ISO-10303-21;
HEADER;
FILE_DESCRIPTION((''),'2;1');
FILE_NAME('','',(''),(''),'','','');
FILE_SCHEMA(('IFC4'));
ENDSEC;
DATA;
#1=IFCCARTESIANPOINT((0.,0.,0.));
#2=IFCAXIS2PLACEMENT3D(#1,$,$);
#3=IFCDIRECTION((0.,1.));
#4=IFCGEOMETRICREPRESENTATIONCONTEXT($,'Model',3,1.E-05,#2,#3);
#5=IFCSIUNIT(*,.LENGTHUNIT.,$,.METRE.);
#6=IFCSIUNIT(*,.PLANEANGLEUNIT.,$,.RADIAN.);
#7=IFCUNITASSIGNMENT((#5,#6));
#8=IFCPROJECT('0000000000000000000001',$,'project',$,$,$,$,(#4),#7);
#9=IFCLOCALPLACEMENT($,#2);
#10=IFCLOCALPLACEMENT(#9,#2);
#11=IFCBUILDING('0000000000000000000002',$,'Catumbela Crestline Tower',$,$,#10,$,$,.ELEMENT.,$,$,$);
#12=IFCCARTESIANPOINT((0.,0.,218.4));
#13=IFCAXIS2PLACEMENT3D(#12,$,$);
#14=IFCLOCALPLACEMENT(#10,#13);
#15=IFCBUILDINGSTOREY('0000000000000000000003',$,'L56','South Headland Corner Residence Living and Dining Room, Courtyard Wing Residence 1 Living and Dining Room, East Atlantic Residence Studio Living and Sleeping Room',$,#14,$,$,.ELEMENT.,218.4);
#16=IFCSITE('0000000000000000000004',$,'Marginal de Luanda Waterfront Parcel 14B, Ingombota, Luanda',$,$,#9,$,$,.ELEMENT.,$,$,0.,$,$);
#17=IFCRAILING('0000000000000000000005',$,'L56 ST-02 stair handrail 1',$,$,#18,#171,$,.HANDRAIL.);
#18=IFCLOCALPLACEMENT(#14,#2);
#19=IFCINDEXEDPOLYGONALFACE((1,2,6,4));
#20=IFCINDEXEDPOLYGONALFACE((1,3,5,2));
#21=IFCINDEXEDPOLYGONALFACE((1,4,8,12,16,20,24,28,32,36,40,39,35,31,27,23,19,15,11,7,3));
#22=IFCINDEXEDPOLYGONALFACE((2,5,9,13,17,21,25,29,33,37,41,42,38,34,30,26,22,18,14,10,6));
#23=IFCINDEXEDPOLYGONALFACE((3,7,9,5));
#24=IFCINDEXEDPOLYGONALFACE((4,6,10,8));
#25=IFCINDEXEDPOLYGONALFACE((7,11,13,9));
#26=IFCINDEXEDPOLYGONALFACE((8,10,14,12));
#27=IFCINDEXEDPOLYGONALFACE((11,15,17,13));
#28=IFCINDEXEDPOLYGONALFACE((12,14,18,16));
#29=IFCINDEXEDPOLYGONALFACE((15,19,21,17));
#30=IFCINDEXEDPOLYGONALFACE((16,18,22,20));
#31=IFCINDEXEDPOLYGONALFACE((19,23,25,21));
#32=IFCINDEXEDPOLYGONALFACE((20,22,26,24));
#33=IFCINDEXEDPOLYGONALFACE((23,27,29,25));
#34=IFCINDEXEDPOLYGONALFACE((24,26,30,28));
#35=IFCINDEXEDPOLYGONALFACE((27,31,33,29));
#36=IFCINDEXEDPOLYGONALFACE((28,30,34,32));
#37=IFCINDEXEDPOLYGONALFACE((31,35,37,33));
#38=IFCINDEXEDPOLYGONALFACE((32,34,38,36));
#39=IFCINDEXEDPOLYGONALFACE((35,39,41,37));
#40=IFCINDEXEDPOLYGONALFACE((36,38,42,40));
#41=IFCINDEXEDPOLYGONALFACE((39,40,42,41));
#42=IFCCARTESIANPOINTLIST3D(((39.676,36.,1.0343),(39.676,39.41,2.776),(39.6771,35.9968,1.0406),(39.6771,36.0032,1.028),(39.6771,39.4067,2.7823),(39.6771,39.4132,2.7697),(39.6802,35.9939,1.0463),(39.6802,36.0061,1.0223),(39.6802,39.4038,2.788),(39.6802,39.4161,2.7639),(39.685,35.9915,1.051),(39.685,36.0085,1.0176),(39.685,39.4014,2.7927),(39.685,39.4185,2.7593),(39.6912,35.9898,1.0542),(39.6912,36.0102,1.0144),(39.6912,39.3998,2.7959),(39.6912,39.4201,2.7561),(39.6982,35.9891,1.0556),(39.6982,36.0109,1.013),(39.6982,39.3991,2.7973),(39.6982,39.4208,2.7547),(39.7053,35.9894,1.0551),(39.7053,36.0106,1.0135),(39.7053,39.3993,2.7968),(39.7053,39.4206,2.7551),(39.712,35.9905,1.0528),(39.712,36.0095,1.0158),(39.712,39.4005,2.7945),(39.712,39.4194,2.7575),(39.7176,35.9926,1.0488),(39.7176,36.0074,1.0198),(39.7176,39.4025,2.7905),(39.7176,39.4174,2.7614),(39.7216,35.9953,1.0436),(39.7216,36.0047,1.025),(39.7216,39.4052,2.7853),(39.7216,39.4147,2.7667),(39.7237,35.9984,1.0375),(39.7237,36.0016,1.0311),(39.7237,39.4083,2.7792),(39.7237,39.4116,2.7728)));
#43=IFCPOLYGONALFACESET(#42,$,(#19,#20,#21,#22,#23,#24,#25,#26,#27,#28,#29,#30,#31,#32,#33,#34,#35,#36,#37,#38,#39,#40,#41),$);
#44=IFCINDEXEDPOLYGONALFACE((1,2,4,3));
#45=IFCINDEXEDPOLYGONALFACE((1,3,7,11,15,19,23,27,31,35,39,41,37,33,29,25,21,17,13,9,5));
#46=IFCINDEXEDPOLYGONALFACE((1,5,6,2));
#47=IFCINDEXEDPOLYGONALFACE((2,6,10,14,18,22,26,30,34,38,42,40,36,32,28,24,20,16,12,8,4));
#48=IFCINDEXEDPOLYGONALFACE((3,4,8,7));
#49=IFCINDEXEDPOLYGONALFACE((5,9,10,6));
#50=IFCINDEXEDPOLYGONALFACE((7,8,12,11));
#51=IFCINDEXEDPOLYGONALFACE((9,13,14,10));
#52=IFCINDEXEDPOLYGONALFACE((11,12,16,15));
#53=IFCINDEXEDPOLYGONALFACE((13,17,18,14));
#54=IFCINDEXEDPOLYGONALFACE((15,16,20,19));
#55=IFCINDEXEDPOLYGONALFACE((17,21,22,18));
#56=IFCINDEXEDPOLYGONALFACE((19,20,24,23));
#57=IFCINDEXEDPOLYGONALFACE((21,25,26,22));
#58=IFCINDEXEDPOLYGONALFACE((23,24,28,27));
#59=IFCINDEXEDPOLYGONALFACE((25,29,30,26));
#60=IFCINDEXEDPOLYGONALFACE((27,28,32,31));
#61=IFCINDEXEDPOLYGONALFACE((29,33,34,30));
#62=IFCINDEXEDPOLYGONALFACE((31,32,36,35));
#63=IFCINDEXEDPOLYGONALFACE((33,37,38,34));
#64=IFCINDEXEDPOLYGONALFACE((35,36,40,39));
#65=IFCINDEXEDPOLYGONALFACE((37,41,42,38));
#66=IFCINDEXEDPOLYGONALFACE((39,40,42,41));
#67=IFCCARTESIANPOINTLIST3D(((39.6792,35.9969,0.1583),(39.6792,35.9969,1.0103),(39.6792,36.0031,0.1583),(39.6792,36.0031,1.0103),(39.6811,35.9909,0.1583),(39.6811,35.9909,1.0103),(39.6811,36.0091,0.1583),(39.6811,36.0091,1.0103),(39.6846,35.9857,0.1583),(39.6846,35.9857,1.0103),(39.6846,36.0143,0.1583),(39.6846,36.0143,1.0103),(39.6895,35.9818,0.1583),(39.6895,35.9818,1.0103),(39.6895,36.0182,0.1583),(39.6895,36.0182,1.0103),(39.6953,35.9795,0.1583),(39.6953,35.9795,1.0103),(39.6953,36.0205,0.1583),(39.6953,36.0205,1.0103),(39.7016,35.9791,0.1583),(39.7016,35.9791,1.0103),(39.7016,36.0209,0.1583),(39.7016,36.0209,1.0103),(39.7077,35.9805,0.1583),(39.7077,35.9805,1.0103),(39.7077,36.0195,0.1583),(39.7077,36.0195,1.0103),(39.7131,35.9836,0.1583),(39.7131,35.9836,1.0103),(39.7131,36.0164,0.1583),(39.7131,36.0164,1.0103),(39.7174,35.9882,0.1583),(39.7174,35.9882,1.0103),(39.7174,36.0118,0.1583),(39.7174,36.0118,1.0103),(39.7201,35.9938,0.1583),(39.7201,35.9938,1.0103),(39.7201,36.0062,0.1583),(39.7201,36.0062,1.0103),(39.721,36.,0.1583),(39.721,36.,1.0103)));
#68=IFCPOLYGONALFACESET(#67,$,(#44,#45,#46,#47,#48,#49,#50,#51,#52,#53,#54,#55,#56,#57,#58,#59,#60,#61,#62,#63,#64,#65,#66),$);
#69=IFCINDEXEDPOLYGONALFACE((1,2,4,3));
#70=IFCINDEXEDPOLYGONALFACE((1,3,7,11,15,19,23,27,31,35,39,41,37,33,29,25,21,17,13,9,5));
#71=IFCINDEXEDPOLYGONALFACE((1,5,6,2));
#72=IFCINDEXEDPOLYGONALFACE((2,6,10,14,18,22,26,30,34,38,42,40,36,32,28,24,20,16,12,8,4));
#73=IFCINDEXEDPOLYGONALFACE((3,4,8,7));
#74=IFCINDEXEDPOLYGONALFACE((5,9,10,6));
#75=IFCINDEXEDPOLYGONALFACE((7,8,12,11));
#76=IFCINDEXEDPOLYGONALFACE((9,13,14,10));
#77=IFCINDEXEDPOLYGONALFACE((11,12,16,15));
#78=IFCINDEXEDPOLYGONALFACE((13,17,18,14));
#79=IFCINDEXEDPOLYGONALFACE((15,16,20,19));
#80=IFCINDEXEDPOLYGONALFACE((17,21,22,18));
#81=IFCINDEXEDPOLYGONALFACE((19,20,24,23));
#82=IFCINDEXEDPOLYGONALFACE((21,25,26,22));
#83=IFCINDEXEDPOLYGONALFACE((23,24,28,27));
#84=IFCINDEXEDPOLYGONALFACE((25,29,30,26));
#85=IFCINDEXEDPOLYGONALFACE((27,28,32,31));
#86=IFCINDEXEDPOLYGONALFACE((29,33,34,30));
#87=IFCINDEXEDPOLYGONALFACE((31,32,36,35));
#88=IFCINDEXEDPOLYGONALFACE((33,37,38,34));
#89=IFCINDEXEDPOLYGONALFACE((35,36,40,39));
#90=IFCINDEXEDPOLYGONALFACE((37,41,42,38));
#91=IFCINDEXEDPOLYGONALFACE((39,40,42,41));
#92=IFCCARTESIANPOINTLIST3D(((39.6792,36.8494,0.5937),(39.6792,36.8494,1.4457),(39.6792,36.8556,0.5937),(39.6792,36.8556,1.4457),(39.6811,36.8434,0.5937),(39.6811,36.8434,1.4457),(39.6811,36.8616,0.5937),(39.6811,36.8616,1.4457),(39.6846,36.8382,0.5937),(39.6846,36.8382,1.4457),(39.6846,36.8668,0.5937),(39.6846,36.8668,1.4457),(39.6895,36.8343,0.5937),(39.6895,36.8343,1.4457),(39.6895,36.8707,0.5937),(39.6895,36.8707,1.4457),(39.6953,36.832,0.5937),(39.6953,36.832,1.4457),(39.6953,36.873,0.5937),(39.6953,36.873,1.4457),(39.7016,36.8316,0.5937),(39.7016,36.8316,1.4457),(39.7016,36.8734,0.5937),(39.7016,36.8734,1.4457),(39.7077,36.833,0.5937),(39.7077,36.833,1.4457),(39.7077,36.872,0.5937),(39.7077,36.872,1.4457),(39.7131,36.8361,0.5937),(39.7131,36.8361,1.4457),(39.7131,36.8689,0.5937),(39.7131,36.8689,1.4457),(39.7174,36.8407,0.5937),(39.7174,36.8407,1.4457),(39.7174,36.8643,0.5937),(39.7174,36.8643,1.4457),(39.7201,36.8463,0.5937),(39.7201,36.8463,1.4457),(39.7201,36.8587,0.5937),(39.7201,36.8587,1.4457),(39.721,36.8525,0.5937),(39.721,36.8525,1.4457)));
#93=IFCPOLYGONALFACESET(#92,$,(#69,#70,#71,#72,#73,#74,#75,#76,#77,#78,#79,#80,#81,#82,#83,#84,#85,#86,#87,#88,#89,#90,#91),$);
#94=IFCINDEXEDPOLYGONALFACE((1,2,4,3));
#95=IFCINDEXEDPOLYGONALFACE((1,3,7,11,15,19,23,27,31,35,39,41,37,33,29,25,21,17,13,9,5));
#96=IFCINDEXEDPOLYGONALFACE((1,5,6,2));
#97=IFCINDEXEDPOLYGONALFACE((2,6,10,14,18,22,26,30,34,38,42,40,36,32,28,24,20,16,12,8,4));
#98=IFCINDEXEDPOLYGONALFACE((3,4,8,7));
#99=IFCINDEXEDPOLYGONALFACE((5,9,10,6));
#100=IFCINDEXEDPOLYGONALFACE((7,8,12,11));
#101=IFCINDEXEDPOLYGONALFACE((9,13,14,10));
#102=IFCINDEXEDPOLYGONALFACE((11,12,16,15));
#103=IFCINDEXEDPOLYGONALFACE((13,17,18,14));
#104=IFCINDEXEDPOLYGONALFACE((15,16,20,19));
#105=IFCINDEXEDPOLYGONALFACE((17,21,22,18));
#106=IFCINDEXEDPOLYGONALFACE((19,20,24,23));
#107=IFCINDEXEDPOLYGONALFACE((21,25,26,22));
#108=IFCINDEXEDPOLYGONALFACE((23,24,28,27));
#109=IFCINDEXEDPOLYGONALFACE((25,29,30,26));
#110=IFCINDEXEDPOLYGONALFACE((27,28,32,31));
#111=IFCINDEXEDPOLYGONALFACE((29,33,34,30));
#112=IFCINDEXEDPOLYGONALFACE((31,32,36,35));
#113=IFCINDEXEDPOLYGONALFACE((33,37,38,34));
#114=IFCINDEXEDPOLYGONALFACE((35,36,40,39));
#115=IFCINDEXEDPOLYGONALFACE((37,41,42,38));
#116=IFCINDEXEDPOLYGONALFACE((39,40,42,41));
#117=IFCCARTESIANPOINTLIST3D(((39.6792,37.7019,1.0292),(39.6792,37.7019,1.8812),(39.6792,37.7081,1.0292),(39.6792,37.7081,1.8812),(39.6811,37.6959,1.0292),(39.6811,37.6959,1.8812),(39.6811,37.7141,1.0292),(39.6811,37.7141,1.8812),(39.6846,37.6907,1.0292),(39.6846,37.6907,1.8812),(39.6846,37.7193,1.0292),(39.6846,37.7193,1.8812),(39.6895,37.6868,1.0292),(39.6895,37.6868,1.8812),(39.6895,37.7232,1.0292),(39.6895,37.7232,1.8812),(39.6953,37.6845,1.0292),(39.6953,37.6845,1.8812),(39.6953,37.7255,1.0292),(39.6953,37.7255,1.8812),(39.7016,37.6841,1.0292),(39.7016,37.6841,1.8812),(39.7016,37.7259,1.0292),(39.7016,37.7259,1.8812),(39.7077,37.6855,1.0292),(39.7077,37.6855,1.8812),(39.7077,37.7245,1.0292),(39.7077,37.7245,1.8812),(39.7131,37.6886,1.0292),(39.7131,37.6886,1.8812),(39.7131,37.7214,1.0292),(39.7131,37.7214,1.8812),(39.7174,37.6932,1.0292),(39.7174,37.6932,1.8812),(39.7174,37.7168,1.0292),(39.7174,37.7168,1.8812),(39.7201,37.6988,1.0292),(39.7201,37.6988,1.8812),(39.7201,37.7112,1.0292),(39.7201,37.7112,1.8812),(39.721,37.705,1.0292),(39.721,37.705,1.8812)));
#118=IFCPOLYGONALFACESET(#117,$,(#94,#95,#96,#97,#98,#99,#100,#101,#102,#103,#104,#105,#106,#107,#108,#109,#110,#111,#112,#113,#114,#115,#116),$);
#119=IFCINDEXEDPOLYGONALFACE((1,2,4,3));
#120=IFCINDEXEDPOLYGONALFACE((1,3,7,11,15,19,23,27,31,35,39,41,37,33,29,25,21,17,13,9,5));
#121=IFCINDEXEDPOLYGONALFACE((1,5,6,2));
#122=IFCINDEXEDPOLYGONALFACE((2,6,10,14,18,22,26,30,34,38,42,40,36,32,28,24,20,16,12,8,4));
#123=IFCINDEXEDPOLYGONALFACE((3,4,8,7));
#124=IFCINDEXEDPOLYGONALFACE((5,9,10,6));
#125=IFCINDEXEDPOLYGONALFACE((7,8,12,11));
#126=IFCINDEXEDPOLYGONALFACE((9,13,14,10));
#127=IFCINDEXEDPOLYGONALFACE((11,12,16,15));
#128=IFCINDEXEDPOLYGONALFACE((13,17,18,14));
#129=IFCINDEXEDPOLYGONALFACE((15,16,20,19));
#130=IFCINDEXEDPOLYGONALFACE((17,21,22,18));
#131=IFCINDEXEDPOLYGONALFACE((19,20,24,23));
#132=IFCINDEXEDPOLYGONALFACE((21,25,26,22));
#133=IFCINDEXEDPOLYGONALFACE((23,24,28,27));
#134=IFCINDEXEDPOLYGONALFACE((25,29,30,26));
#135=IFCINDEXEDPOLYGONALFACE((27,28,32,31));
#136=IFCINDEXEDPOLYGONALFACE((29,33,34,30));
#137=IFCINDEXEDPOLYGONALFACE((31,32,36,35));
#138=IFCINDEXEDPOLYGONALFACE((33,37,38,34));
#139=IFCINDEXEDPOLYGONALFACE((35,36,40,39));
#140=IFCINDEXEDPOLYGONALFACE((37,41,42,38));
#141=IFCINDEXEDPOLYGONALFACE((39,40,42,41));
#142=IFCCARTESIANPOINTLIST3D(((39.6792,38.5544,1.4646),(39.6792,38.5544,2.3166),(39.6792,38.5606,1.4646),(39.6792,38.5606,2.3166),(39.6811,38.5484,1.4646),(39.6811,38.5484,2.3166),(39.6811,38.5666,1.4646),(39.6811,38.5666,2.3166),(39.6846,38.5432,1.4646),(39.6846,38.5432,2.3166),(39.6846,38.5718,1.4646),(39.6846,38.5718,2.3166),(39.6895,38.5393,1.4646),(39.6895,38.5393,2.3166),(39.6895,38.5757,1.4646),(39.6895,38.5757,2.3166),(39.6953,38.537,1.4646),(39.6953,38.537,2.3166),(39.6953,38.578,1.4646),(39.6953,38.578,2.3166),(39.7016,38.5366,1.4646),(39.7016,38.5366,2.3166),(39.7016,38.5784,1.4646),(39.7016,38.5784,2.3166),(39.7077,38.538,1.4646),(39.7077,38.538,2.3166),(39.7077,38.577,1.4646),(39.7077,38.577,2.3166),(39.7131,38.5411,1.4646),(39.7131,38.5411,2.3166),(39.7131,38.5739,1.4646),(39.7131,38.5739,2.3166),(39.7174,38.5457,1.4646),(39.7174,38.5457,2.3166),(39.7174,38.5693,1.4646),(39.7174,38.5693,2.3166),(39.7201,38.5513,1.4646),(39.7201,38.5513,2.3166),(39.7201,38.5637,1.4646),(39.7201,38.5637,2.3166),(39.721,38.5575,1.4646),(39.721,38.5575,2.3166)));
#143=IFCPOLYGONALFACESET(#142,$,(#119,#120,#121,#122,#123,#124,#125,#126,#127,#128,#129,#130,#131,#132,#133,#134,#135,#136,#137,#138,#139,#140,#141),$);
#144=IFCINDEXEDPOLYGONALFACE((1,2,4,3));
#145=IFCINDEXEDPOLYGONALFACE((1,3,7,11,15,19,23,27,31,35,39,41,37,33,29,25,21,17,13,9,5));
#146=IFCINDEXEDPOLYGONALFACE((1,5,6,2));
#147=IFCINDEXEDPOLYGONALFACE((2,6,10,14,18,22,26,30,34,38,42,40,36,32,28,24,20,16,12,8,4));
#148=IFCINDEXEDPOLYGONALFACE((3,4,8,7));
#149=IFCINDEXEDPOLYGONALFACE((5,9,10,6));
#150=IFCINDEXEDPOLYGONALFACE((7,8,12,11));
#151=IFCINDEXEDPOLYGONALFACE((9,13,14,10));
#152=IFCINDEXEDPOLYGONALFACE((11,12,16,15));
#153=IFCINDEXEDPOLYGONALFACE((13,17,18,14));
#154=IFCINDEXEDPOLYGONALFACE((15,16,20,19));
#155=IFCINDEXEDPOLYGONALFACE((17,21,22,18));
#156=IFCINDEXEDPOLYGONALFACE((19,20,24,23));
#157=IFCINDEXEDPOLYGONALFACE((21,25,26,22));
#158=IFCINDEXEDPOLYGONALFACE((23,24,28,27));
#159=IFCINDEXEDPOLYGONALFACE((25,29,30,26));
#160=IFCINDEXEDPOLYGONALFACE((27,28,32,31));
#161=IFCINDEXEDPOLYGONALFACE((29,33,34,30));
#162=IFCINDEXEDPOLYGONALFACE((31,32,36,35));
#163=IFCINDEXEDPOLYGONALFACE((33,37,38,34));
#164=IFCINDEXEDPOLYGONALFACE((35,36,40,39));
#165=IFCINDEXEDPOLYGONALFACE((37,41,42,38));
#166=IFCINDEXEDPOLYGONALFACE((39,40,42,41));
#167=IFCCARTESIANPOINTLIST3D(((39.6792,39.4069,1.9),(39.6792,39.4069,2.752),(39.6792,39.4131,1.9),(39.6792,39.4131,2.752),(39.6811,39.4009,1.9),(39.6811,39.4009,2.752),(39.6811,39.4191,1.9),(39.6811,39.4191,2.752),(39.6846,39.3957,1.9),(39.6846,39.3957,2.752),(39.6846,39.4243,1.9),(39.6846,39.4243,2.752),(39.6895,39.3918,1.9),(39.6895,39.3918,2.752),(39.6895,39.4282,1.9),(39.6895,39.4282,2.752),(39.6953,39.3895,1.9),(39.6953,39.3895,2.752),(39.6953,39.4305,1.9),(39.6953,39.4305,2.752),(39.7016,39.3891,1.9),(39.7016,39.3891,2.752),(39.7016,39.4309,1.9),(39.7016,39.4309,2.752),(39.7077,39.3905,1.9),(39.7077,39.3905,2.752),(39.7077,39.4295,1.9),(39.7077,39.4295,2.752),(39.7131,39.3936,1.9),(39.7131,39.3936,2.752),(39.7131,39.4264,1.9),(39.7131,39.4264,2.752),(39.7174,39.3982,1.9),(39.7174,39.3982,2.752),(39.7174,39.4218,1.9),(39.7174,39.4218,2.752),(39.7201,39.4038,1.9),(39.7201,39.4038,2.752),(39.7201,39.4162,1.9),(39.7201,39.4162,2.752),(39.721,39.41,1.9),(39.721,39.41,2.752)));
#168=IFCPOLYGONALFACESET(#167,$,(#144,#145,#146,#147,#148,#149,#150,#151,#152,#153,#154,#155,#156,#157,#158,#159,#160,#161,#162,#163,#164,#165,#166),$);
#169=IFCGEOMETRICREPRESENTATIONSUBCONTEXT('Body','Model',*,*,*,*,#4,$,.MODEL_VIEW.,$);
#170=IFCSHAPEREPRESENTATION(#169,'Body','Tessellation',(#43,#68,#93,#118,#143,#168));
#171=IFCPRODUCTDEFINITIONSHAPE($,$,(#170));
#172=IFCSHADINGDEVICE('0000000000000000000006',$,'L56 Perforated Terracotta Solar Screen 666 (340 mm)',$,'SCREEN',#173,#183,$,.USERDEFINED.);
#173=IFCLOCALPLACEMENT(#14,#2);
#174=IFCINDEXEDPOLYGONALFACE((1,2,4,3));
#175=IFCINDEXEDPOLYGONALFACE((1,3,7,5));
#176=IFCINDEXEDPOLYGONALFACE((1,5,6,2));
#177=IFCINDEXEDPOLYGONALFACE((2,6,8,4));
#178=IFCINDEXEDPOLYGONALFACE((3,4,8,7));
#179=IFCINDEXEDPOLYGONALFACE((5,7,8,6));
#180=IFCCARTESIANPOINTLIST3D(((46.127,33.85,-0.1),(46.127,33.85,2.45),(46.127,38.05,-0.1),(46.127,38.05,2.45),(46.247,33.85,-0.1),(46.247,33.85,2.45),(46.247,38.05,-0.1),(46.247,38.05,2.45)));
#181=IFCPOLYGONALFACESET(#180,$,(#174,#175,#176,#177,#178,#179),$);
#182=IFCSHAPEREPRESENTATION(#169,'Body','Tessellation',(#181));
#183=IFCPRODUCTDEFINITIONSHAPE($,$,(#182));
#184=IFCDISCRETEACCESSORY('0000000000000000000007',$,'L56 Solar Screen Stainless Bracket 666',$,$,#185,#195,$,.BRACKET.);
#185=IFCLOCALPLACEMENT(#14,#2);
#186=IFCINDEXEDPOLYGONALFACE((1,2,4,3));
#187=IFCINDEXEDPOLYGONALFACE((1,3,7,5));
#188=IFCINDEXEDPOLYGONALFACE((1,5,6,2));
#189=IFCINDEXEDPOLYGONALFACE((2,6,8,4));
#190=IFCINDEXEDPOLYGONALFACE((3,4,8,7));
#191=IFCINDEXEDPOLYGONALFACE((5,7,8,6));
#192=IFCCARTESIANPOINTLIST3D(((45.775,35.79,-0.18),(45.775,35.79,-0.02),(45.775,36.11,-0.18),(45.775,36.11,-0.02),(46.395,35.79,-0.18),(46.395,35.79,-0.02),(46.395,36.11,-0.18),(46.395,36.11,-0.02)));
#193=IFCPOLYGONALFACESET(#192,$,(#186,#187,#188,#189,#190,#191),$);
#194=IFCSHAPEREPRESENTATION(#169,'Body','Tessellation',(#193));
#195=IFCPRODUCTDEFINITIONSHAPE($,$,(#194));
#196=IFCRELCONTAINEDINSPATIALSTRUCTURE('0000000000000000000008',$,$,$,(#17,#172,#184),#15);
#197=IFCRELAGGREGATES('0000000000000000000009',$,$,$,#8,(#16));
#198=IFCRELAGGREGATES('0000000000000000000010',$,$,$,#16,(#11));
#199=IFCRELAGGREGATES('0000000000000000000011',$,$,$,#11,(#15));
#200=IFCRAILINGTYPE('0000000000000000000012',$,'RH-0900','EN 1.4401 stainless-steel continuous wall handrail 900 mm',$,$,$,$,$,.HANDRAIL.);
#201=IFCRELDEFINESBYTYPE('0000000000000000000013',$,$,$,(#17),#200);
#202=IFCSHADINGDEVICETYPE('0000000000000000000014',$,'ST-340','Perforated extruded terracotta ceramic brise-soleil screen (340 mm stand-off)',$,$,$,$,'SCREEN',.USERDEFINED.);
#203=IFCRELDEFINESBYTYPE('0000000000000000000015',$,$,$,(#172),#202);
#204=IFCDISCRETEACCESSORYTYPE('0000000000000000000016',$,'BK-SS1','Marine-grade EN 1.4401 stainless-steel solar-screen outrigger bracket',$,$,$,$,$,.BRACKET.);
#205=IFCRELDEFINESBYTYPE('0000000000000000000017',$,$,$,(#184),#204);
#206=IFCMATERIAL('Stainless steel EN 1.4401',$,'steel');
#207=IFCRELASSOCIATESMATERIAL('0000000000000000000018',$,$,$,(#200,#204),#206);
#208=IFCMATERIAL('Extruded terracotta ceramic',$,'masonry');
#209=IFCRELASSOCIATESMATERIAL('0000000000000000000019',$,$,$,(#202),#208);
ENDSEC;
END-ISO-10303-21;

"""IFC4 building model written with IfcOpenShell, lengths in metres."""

from ifc_helpers import new_model, si_unit, direction, frame, origin, origin_2d, place, context, subcontext, project, spatial, rectangle, circle, extrude, material, type_object, element, save


model = new_model("IFC4")

# Units and contexts
model_context = context("Model", 3, precision=1e-05, world=origin(), true_north=direction((0.0, 1.0)))
body_context = subcontext(model_context, "Body", "Model", "MODEL_VIEW")
ifc_project = project(units=[si_unit("LENGTHUNIT", "METRE"), si_unit("PLANEANGLEUNIT", "RADIAN")], contexts=[model_context])

# Site, building, storey
site_placement = place(None, origin())
site = spatial("IfcSite", under=ifc_project, at=site_placement, Name="Marginal de Luanda Waterfront Parcel 14B, Ingombota, Luanda", CompositionType="ELEMENT", RefElevation=0.0)
building_placement = place(site_placement, origin())
building = spatial("IfcBuilding", under=site, at=building_placement, Name="Catumbela Crestline Tower", CompositionType="ELEMENT")
storey_placement = place(building_placement, frame((0.0, 0.0, 218.4)))
storey = spatial("IfcBuildingStorey", under=building, at=storey_placement, Name="L56", Description="South Headland Corner Residence Living and Dining Room, Courtyard Wing Residence 1 Living and Dining Room, East Atlantic Residence Studio Living and Sleeping Room", CompositionType="ELEMENT", Elevation=218.4)

# Railing
ifc_material_1 = material(Name="Stainless steel EN 1.4401", Category="steel")
railing_type_1 = type_object("IfcRailingType", Name="RH-0900", Description="EN 1.4401 stainless-steel continuous wall handrail 900 mm", PredefinedType="HANDRAIL", material=ifc_material_1)
railing_1_placement = place(storey_placement, frame((39.7, 36.0, 0.1583)))
element("IfcRailing", 1, at=railing_1_placement, inside=storey, type_object=railing_type_1, Name="L56 ST-02 stair handrail 1", PredefinedType="HANDRAIL", context=body_context, shape_type="SweptSolid", body=[
    extrude(circle(Radius=0.024, at=origin_2d()), frame((0.0, 0.0, 0.876), z_axis=(0.0, 0.89056, 0.454865), x_axis=(-1.0, 0.0, 0.0)), (0.0, 0.0, 1.0), 3.829),
    extrude(circle(Radius=0.021, at=origin_2d()), origin(), (0.0, 0.0, 1.0), 0.852),
    extrude(circle(Radius=0.021, at=origin_2d()), frame((0.0, 0.8525, 0.4354)), (0.0, 0.0, 1.0), 0.852),
    extrude(circle(Radius=0.021, at=origin_2d()), frame((0.0, 1.705, 0.8709)), (0.0, 0.0, 1.0), 0.852),
    extrude(circle(Radius=0.021, at=origin_2d()), frame((0.0, 2.5575, 1.3063)), (0.0, 0.0, 1.0), 0.852),
    extrude(circle(Radius=0.021, at=origin_2d()), frame((0.0, 3.41, 1.7417)), (0.0, 0.0, 1.0), 0.852),
])

# Shading device
ifc_material_2 = material(Name="Extruded terracotta ceramic", Category="masonry")
shading_device_type = type_object("IfcShadingDeviceType", Name="ST-340", Description="Perforated extruded terracotta ceramic brise-soleil screen (340 mm stand-off)", ElementType="SCREEN", PredefinedType="USERDEFINED", material=ifc_material_2)
shading_device_placement = place(storey_placement, frame((46.187, 35.95, -0.1), z_axis=(0.0, 0.0, 1.0), x_axis=(0.0, 1.0, 0.0)))
element("IfcShadingDevice", 2, at=shading_device_placement, inside=storey, type_object=shading_device_type, Name="L56 Perforated Terracotta Solar Screen 666 (340 mm)", ObjectType="SCREEN", PredefinedType="USERDEFINED", context=body_context, shape_type="SweptSolid", body=[
    extrude(rectangle(XDim=4.2, YDim=0.12, at=origin_2d()), origin(), (0.0, 0.0, 1.0), 2.55),
])

# Discrete accessory
discrete_accessory_type = type_object("IfcDiscreteAccessoryType", Name="BK-SS1", Description="Marine-grade EN 1.4401 stainless-steel solar-screen outrigger bracket", PredefinedType="BRACKET", material=ifc_material_1)
discrete_accessory_placement = place(storey_placement, frame((46.085, 35.95, -0.18), z_axis=(0.0, 0.0, 1.0), x_axis=(0.0, 1.0, 0.0)))
element("IfcDiscreteAccessory", 3, at=discrete_accessory_placement, inside=storey, type_object=discrete_accessory_type, Name="L56 Solar Screen Stainless Bracket 666", PredefinedType="BRACKET", context=body_context, shape_type="SweptSolid", body=[
    extrude(rectangle(XDim=0.32, YDim=0.62, at=origin_2d()), origin(), (0.0, 0.0, 1.0), 0.16),
])

save(model, "model.ifc")
